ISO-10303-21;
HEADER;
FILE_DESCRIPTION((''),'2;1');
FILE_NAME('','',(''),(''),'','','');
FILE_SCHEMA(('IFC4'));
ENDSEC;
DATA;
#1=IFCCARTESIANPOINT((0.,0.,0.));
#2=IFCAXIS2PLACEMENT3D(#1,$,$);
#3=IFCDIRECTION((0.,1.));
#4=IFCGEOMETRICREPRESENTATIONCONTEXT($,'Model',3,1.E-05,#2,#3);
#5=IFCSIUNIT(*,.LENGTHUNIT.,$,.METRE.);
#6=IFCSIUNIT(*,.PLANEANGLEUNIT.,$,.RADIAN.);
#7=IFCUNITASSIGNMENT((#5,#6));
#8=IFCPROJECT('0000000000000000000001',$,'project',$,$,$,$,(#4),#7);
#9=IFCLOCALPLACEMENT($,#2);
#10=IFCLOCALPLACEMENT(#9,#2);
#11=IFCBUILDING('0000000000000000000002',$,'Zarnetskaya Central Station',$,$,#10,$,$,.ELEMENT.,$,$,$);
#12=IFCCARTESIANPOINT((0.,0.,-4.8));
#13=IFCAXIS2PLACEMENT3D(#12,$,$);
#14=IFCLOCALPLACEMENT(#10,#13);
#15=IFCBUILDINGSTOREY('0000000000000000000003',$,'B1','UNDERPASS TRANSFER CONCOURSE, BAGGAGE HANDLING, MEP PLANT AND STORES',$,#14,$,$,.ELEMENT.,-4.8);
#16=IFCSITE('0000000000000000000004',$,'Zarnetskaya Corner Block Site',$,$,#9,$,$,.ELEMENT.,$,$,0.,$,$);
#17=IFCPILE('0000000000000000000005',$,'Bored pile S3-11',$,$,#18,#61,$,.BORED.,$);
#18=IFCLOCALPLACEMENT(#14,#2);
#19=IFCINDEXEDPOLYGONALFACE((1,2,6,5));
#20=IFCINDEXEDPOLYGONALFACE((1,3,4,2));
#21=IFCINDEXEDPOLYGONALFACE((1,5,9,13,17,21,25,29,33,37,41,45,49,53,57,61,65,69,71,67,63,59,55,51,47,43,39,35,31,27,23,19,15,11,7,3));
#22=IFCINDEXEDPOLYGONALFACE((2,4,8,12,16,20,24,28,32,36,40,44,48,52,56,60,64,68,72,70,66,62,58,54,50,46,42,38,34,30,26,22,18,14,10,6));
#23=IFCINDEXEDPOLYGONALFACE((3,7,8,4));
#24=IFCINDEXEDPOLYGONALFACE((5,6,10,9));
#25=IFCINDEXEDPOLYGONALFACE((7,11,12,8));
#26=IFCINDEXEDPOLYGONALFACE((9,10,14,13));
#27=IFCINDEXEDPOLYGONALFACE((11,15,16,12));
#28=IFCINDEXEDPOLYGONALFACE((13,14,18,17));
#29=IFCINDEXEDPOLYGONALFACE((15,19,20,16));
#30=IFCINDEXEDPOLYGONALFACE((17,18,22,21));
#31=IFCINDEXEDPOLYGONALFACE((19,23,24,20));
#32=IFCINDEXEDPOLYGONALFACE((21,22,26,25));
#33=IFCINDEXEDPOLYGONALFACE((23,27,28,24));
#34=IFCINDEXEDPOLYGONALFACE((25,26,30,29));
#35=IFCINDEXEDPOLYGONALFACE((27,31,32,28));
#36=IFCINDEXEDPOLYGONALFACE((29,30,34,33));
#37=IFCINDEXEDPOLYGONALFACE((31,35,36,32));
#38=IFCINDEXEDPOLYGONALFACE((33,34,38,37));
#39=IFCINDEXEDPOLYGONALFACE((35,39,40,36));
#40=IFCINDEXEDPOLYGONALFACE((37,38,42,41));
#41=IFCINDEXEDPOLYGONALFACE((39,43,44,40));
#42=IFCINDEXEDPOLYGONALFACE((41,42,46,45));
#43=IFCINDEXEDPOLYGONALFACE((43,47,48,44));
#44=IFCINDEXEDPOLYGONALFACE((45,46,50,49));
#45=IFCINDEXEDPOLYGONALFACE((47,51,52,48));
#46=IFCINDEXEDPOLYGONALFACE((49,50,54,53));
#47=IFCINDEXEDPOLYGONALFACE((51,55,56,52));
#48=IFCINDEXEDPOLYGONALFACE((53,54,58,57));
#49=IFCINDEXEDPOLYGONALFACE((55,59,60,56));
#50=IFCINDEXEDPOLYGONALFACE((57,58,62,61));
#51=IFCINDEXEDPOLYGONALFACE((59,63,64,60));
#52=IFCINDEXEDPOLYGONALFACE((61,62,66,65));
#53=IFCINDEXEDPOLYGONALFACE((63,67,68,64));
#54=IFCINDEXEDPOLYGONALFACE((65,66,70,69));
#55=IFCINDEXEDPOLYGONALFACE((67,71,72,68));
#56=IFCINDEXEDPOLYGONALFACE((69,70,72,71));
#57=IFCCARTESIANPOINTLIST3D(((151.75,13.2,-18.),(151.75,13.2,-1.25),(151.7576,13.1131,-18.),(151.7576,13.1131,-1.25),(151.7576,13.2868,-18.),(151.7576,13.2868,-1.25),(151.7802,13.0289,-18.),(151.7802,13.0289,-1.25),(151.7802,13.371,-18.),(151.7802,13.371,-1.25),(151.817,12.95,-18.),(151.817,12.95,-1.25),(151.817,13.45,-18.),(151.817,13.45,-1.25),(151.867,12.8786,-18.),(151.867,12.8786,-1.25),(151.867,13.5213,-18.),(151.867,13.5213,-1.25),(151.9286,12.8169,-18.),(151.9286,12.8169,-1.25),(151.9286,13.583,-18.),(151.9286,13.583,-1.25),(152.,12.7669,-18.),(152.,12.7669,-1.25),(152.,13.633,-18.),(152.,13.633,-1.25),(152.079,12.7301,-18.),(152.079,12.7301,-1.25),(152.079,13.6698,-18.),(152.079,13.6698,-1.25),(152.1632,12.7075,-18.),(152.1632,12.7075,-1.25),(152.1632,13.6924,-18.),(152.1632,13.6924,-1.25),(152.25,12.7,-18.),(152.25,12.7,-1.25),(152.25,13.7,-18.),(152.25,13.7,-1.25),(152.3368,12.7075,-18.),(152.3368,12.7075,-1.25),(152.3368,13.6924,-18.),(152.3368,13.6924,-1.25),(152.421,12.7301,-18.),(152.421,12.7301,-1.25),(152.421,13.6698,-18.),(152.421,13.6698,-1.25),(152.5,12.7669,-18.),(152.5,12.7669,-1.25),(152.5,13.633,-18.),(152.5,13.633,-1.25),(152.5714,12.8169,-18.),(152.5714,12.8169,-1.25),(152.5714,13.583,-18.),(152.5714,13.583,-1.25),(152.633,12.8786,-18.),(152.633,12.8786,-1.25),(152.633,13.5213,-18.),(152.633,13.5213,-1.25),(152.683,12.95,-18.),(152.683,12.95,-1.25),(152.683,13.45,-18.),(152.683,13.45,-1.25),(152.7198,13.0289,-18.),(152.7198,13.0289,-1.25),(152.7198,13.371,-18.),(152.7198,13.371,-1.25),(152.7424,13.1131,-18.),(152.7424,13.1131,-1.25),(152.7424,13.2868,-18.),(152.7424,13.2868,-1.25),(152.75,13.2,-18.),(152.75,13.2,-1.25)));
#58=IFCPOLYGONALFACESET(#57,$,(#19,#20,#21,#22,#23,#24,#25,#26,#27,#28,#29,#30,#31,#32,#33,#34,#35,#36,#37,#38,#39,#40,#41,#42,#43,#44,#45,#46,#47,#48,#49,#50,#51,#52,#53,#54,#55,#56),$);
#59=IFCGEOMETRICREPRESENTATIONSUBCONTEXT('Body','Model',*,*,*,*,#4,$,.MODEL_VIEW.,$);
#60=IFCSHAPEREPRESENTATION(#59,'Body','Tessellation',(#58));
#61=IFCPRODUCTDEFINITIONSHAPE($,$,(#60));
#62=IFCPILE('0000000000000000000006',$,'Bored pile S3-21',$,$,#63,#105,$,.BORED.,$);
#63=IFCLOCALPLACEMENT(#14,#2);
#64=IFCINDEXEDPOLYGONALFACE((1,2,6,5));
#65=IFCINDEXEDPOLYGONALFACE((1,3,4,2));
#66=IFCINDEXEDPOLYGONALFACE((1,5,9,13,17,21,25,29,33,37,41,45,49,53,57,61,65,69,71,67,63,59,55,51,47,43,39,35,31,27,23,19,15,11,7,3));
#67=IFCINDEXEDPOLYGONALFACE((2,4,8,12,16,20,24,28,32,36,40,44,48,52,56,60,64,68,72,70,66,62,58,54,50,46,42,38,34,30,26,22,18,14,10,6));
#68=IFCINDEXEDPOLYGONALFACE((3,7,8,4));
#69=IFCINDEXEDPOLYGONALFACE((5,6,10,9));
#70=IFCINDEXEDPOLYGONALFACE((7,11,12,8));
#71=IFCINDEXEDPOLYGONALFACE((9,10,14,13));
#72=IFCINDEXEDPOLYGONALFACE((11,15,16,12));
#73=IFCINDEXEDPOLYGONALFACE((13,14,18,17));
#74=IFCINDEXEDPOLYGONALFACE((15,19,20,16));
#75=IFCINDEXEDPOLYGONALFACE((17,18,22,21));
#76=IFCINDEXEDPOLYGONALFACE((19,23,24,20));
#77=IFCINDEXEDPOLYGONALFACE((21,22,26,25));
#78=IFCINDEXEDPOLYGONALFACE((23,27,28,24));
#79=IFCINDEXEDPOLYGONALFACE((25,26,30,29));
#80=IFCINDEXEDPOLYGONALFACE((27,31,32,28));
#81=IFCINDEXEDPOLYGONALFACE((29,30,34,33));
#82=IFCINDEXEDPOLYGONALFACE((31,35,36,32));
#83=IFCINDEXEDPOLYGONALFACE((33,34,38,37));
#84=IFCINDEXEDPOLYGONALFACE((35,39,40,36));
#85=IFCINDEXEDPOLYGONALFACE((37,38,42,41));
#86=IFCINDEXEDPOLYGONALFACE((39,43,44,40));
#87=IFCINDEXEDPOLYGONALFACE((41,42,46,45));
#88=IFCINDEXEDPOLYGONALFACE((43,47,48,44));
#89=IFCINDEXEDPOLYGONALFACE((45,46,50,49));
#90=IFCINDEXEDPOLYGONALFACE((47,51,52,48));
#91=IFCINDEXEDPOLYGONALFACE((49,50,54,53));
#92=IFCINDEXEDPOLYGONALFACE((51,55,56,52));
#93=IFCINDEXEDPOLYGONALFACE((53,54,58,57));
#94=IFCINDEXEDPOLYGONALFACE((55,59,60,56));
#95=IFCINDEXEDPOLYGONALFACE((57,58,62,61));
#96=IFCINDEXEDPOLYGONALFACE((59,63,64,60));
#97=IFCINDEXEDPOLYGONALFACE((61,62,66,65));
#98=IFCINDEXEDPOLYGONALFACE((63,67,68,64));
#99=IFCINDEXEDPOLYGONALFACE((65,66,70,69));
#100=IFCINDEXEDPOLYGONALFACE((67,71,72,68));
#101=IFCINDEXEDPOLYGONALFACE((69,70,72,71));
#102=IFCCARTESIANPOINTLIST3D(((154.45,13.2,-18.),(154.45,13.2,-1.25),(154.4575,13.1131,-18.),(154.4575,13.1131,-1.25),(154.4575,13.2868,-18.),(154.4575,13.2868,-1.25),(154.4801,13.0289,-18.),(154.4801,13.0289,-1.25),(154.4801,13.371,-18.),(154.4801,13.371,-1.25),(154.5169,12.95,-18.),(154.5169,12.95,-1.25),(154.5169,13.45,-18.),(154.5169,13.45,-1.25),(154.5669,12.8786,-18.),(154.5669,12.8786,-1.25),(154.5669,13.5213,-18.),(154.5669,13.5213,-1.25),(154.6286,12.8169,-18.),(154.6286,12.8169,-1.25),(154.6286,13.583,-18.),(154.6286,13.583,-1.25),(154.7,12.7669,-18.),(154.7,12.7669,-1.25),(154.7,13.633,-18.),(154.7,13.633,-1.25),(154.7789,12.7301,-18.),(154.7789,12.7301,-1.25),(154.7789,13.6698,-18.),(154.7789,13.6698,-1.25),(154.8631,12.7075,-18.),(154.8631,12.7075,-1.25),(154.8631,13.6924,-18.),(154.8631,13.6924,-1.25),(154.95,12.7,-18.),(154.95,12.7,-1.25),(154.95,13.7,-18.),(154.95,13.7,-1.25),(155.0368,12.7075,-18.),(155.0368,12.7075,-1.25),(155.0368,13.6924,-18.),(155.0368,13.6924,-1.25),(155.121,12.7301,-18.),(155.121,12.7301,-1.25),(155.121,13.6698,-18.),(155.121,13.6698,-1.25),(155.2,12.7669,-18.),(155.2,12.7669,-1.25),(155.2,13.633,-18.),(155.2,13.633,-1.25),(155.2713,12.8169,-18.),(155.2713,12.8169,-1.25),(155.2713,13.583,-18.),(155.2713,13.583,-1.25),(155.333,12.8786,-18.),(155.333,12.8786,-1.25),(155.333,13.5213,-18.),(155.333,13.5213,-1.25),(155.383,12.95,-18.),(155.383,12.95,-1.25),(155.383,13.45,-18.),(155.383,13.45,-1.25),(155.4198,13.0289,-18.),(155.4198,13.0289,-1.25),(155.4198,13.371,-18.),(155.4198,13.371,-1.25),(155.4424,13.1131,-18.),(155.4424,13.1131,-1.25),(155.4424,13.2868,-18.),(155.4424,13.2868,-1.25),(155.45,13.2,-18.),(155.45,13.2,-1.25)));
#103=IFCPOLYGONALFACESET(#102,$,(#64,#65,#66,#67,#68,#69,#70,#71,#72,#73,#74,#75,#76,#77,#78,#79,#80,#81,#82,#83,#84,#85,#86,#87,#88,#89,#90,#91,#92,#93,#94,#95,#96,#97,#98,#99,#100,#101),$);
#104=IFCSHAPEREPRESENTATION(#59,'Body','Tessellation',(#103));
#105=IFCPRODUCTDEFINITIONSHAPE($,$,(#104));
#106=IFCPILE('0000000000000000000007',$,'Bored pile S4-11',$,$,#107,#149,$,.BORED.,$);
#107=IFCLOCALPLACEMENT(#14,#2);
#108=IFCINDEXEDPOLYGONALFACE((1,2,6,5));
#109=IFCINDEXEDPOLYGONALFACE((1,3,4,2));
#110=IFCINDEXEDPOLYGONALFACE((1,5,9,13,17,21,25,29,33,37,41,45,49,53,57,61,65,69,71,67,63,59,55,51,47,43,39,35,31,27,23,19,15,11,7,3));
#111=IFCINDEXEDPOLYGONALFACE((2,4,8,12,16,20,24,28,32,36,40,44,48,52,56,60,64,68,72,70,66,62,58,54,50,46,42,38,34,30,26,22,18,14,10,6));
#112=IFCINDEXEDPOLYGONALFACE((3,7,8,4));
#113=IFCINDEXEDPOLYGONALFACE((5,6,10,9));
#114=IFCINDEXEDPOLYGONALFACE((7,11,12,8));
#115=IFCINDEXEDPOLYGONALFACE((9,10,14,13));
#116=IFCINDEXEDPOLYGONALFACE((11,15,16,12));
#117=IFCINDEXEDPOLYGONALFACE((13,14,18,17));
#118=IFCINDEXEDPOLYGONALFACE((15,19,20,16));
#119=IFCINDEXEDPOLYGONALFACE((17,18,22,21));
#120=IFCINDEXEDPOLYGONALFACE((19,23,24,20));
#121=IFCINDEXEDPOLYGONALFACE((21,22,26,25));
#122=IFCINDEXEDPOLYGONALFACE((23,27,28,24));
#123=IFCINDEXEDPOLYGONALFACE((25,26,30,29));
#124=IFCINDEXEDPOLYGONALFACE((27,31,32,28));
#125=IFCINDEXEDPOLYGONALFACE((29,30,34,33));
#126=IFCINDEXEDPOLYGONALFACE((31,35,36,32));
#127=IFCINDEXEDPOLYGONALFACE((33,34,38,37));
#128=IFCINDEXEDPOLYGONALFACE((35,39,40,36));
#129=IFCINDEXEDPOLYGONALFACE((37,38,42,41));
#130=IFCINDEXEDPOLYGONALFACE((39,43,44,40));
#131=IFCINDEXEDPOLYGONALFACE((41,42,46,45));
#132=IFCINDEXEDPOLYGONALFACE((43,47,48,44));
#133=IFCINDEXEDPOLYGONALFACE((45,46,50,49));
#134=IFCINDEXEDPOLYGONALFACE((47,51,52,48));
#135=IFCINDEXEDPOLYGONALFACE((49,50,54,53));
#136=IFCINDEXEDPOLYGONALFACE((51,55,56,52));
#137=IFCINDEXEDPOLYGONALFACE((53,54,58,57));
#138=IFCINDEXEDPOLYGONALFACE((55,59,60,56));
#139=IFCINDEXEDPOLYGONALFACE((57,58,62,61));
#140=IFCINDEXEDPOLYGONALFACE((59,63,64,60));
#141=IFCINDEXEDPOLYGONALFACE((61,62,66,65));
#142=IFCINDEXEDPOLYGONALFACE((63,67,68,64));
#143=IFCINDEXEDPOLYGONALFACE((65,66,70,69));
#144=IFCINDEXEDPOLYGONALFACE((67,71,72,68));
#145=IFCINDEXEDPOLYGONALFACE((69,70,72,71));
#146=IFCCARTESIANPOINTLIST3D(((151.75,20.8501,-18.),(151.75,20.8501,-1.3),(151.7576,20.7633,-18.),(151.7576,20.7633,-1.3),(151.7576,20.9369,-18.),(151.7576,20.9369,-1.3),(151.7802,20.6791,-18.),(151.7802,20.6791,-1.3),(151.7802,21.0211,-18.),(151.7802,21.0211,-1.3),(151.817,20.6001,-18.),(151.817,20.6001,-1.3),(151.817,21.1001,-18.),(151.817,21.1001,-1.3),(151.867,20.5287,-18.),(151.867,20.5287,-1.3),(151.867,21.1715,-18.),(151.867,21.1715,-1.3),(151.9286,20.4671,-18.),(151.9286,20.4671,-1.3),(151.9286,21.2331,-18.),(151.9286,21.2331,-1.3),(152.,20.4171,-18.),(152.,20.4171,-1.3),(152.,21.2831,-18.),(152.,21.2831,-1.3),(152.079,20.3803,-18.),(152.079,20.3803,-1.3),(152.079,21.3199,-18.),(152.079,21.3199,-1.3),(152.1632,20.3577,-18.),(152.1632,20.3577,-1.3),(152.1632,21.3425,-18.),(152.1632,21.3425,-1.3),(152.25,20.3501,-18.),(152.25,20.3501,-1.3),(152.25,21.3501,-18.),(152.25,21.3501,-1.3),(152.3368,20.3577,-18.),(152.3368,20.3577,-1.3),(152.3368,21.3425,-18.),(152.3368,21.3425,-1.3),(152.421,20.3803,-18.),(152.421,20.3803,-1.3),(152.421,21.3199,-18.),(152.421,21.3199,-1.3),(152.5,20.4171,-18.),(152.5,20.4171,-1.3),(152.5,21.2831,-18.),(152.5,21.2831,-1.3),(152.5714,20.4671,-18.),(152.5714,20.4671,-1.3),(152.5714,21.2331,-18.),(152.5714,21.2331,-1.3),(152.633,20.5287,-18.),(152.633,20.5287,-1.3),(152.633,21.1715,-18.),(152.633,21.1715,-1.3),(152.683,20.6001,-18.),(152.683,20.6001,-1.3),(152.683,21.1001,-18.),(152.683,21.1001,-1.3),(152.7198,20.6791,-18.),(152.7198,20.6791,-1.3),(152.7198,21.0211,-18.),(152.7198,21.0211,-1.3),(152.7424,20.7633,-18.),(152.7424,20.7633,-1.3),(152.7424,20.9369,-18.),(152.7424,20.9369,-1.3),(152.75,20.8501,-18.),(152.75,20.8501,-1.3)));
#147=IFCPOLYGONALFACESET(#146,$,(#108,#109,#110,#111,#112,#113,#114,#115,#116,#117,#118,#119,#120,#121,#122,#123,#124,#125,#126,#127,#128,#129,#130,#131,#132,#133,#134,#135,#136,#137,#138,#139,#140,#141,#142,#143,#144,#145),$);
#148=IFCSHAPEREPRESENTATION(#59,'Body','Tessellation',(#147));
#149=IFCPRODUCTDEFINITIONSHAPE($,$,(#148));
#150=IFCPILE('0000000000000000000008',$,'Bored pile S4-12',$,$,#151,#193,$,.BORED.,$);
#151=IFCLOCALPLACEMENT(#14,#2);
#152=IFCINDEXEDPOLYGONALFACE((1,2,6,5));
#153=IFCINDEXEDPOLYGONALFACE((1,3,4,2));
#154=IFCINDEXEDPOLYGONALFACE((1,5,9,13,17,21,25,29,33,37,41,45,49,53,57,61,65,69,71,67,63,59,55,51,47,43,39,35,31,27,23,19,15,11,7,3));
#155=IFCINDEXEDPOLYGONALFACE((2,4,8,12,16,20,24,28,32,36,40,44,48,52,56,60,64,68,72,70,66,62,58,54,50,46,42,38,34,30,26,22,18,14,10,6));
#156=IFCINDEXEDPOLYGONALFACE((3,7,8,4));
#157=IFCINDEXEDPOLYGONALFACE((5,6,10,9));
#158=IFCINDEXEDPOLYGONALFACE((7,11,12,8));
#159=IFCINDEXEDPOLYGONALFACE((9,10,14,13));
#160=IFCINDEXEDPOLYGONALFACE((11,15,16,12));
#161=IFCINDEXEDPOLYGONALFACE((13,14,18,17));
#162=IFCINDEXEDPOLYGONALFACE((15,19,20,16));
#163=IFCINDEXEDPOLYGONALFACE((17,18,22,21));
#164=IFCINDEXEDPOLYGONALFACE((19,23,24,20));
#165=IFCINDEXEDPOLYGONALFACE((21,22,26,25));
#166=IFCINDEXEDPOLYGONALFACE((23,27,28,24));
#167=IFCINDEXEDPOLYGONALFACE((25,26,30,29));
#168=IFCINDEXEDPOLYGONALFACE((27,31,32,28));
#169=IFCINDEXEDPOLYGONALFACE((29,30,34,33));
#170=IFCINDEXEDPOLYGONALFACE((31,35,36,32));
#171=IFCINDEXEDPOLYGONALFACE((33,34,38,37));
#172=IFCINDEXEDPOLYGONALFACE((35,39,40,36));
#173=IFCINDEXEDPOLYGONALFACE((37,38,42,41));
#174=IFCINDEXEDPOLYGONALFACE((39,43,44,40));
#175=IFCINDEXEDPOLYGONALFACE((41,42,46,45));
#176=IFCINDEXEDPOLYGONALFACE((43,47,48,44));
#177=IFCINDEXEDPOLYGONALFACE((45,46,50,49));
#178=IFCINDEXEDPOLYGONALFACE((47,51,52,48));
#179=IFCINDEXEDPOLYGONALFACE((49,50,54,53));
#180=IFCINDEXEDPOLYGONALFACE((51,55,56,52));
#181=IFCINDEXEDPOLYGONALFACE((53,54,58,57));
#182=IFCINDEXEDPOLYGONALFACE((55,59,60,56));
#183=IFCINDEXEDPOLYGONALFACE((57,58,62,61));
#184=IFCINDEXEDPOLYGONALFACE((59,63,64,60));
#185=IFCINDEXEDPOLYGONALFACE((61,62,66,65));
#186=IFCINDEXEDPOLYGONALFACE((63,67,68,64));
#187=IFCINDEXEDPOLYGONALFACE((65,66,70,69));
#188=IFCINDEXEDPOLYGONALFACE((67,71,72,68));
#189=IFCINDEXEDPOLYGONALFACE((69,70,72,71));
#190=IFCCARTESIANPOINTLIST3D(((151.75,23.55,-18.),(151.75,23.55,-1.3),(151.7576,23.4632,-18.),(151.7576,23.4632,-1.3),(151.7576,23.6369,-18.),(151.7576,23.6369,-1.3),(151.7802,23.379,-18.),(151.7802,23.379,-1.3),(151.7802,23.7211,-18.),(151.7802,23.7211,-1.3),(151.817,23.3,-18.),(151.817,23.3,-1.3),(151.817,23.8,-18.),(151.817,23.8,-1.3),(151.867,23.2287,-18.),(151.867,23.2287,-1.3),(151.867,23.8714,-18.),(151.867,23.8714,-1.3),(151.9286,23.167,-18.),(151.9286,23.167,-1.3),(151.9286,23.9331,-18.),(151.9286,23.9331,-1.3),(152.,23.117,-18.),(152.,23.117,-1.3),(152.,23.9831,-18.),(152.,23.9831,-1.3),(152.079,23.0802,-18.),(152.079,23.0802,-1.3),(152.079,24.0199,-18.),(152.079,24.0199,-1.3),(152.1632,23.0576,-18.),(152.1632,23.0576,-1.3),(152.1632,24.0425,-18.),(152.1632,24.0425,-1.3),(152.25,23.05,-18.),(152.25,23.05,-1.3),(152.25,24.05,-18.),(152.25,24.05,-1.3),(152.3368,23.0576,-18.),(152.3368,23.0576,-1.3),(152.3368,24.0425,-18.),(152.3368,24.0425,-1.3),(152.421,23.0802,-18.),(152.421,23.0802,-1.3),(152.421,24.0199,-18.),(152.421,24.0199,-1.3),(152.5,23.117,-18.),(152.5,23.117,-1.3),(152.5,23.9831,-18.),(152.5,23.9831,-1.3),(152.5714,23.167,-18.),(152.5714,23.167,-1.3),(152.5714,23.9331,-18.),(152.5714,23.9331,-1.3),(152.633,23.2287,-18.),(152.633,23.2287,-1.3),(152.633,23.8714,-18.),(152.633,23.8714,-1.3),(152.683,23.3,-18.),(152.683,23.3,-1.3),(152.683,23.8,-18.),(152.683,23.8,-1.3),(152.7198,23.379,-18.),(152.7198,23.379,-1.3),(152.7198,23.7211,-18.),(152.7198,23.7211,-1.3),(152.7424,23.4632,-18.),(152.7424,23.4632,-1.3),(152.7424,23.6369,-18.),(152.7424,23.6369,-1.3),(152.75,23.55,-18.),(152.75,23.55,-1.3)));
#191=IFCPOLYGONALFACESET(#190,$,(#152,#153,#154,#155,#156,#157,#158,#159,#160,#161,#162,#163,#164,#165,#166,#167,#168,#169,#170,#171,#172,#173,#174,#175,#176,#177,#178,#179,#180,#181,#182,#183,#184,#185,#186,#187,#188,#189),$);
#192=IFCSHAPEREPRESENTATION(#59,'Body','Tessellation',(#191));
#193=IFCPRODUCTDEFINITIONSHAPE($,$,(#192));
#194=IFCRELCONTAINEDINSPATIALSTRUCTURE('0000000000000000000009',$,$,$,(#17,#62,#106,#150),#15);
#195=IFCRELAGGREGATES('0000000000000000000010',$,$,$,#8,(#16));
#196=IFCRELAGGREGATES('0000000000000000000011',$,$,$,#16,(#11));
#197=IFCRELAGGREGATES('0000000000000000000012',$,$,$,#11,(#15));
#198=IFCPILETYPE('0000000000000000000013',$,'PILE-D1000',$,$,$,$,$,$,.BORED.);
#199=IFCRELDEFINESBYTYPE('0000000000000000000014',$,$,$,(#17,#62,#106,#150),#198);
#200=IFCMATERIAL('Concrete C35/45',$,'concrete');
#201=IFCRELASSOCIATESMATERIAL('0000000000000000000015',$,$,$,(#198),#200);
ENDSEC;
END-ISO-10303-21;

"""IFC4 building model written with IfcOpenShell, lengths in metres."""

from ifc_helpers import new_model, si_unit, direction, frame, origin, origin_2d, place, context, subcontext, project, spatial, circle, extrude, material, material_profile, profile_set, type_object, element, save


model = new_model("IFC4")

# Units and contexts
model_context = context("Model", 3, precision=1e-05, world=origin(), true_north=direction((0.0, 1.0)))
body_context = subcontext(model_context, "Body", "Model", "MODEL_VIEW")
ifc_project = project(units=[si_unit("LENGTHUNIT", "METRE"), si_unit("PLANEANGLEUNIT", "RADIAN")], contexts=[model_context])

# Site, building, storey
site_placement = place(None, origin())
site = spatial("IfcSite", under=ifc_project, at=site_placement, Name="Zarnetskaya Corner Block Site", CompositionType="ELEMENT", RefElevation=0.0)
building_placement = place(site_placement, origin())
building = spatial("IfcBuilding", under=site, at=building_placement, Name="Zarnetskaya Central Station", CompositionType="ELEMENT")
storey_placement = place(building_placement, frame((0.0, 0.0, -4.8)))
storey = spatial("IfcBuildingStorey", under=building, at=storey_placement, Name="B1", Description="UNDERPASS TRANSFER CONCOURSE, BAGGAGE HANDLING, MEP PLANT AND STORES", CompositionType="ELEMENT", Elevation=-4.8)

# Shared definitions
ifc_material = material(Name="Concrete C35/45", Category="concrete")

# Piles
ifc_material_profile_1 = material_profile(ifc_material, circle(Radius=0.5, at=origin_2d()), Name="BORED PILE D1000")
ifc_profile_set_1 = profile_set([ifc_material_profile_1], Name="Concrete C35/45")
pile_type_1 = type_object("IfcPileType", Name="PILE-D1000", PredefinedType="BORED", material=ifc_profile_set_1)
for number, where, z_axis, x_axis, name in (
    (1, (152.25, 13.2, -1.25), (0.0, 0.0, -1.0), (1.0, 0.0, 0.0), "Bored pile S3-11"),
    (2, (154.95, 13.2, -1.25), (0.0, 0.0, -1.0), (1.0, 0.0, 0.0), "Bored pile S3-21"),
):
    element("IfcPile", number, at=place(storey_placement, frame(where, z_axis=z_axis, x_axis=x_axis)), inside=storey, type_object=pile_type_1, Name=name, PredefinedType="BORED", context=body_context, shape_type="SweptSolid", body=[
        extrude(circle(Radius=0.5, at=origin_2d()), origin(), (0.0, 0.0, 1.0), 16.75),
    ])
for number, where, z_axis, x_axis, name in (
    (3, (152.25, 20.8501, -1.3), (0.0, 0.0, -1.0), (1.0, 0.0, 0.0), "Bored pile S4-11"),
    (4, (152.25, 23.55, -1.3), (0.0, 0.0, -1.0), (1.0, 0.0, 0.0), "Bored pile S4-12"),
):
    element("IfcPile", number, at=place(storey_placement, frame(where, z_axis=z_axis, x_axis=x_axis)), inside=storey, type_object=pile_type_1, Name=name, PredefinedType="BORED", context=body_context, shape_type="SweptSolid", body=[
        extrude(circle(Radius=0.5, at=origin_2d()), origin(), (0.0, 0.0, 1.0), 16.7),
    ])

save(model, "model.ifc")
